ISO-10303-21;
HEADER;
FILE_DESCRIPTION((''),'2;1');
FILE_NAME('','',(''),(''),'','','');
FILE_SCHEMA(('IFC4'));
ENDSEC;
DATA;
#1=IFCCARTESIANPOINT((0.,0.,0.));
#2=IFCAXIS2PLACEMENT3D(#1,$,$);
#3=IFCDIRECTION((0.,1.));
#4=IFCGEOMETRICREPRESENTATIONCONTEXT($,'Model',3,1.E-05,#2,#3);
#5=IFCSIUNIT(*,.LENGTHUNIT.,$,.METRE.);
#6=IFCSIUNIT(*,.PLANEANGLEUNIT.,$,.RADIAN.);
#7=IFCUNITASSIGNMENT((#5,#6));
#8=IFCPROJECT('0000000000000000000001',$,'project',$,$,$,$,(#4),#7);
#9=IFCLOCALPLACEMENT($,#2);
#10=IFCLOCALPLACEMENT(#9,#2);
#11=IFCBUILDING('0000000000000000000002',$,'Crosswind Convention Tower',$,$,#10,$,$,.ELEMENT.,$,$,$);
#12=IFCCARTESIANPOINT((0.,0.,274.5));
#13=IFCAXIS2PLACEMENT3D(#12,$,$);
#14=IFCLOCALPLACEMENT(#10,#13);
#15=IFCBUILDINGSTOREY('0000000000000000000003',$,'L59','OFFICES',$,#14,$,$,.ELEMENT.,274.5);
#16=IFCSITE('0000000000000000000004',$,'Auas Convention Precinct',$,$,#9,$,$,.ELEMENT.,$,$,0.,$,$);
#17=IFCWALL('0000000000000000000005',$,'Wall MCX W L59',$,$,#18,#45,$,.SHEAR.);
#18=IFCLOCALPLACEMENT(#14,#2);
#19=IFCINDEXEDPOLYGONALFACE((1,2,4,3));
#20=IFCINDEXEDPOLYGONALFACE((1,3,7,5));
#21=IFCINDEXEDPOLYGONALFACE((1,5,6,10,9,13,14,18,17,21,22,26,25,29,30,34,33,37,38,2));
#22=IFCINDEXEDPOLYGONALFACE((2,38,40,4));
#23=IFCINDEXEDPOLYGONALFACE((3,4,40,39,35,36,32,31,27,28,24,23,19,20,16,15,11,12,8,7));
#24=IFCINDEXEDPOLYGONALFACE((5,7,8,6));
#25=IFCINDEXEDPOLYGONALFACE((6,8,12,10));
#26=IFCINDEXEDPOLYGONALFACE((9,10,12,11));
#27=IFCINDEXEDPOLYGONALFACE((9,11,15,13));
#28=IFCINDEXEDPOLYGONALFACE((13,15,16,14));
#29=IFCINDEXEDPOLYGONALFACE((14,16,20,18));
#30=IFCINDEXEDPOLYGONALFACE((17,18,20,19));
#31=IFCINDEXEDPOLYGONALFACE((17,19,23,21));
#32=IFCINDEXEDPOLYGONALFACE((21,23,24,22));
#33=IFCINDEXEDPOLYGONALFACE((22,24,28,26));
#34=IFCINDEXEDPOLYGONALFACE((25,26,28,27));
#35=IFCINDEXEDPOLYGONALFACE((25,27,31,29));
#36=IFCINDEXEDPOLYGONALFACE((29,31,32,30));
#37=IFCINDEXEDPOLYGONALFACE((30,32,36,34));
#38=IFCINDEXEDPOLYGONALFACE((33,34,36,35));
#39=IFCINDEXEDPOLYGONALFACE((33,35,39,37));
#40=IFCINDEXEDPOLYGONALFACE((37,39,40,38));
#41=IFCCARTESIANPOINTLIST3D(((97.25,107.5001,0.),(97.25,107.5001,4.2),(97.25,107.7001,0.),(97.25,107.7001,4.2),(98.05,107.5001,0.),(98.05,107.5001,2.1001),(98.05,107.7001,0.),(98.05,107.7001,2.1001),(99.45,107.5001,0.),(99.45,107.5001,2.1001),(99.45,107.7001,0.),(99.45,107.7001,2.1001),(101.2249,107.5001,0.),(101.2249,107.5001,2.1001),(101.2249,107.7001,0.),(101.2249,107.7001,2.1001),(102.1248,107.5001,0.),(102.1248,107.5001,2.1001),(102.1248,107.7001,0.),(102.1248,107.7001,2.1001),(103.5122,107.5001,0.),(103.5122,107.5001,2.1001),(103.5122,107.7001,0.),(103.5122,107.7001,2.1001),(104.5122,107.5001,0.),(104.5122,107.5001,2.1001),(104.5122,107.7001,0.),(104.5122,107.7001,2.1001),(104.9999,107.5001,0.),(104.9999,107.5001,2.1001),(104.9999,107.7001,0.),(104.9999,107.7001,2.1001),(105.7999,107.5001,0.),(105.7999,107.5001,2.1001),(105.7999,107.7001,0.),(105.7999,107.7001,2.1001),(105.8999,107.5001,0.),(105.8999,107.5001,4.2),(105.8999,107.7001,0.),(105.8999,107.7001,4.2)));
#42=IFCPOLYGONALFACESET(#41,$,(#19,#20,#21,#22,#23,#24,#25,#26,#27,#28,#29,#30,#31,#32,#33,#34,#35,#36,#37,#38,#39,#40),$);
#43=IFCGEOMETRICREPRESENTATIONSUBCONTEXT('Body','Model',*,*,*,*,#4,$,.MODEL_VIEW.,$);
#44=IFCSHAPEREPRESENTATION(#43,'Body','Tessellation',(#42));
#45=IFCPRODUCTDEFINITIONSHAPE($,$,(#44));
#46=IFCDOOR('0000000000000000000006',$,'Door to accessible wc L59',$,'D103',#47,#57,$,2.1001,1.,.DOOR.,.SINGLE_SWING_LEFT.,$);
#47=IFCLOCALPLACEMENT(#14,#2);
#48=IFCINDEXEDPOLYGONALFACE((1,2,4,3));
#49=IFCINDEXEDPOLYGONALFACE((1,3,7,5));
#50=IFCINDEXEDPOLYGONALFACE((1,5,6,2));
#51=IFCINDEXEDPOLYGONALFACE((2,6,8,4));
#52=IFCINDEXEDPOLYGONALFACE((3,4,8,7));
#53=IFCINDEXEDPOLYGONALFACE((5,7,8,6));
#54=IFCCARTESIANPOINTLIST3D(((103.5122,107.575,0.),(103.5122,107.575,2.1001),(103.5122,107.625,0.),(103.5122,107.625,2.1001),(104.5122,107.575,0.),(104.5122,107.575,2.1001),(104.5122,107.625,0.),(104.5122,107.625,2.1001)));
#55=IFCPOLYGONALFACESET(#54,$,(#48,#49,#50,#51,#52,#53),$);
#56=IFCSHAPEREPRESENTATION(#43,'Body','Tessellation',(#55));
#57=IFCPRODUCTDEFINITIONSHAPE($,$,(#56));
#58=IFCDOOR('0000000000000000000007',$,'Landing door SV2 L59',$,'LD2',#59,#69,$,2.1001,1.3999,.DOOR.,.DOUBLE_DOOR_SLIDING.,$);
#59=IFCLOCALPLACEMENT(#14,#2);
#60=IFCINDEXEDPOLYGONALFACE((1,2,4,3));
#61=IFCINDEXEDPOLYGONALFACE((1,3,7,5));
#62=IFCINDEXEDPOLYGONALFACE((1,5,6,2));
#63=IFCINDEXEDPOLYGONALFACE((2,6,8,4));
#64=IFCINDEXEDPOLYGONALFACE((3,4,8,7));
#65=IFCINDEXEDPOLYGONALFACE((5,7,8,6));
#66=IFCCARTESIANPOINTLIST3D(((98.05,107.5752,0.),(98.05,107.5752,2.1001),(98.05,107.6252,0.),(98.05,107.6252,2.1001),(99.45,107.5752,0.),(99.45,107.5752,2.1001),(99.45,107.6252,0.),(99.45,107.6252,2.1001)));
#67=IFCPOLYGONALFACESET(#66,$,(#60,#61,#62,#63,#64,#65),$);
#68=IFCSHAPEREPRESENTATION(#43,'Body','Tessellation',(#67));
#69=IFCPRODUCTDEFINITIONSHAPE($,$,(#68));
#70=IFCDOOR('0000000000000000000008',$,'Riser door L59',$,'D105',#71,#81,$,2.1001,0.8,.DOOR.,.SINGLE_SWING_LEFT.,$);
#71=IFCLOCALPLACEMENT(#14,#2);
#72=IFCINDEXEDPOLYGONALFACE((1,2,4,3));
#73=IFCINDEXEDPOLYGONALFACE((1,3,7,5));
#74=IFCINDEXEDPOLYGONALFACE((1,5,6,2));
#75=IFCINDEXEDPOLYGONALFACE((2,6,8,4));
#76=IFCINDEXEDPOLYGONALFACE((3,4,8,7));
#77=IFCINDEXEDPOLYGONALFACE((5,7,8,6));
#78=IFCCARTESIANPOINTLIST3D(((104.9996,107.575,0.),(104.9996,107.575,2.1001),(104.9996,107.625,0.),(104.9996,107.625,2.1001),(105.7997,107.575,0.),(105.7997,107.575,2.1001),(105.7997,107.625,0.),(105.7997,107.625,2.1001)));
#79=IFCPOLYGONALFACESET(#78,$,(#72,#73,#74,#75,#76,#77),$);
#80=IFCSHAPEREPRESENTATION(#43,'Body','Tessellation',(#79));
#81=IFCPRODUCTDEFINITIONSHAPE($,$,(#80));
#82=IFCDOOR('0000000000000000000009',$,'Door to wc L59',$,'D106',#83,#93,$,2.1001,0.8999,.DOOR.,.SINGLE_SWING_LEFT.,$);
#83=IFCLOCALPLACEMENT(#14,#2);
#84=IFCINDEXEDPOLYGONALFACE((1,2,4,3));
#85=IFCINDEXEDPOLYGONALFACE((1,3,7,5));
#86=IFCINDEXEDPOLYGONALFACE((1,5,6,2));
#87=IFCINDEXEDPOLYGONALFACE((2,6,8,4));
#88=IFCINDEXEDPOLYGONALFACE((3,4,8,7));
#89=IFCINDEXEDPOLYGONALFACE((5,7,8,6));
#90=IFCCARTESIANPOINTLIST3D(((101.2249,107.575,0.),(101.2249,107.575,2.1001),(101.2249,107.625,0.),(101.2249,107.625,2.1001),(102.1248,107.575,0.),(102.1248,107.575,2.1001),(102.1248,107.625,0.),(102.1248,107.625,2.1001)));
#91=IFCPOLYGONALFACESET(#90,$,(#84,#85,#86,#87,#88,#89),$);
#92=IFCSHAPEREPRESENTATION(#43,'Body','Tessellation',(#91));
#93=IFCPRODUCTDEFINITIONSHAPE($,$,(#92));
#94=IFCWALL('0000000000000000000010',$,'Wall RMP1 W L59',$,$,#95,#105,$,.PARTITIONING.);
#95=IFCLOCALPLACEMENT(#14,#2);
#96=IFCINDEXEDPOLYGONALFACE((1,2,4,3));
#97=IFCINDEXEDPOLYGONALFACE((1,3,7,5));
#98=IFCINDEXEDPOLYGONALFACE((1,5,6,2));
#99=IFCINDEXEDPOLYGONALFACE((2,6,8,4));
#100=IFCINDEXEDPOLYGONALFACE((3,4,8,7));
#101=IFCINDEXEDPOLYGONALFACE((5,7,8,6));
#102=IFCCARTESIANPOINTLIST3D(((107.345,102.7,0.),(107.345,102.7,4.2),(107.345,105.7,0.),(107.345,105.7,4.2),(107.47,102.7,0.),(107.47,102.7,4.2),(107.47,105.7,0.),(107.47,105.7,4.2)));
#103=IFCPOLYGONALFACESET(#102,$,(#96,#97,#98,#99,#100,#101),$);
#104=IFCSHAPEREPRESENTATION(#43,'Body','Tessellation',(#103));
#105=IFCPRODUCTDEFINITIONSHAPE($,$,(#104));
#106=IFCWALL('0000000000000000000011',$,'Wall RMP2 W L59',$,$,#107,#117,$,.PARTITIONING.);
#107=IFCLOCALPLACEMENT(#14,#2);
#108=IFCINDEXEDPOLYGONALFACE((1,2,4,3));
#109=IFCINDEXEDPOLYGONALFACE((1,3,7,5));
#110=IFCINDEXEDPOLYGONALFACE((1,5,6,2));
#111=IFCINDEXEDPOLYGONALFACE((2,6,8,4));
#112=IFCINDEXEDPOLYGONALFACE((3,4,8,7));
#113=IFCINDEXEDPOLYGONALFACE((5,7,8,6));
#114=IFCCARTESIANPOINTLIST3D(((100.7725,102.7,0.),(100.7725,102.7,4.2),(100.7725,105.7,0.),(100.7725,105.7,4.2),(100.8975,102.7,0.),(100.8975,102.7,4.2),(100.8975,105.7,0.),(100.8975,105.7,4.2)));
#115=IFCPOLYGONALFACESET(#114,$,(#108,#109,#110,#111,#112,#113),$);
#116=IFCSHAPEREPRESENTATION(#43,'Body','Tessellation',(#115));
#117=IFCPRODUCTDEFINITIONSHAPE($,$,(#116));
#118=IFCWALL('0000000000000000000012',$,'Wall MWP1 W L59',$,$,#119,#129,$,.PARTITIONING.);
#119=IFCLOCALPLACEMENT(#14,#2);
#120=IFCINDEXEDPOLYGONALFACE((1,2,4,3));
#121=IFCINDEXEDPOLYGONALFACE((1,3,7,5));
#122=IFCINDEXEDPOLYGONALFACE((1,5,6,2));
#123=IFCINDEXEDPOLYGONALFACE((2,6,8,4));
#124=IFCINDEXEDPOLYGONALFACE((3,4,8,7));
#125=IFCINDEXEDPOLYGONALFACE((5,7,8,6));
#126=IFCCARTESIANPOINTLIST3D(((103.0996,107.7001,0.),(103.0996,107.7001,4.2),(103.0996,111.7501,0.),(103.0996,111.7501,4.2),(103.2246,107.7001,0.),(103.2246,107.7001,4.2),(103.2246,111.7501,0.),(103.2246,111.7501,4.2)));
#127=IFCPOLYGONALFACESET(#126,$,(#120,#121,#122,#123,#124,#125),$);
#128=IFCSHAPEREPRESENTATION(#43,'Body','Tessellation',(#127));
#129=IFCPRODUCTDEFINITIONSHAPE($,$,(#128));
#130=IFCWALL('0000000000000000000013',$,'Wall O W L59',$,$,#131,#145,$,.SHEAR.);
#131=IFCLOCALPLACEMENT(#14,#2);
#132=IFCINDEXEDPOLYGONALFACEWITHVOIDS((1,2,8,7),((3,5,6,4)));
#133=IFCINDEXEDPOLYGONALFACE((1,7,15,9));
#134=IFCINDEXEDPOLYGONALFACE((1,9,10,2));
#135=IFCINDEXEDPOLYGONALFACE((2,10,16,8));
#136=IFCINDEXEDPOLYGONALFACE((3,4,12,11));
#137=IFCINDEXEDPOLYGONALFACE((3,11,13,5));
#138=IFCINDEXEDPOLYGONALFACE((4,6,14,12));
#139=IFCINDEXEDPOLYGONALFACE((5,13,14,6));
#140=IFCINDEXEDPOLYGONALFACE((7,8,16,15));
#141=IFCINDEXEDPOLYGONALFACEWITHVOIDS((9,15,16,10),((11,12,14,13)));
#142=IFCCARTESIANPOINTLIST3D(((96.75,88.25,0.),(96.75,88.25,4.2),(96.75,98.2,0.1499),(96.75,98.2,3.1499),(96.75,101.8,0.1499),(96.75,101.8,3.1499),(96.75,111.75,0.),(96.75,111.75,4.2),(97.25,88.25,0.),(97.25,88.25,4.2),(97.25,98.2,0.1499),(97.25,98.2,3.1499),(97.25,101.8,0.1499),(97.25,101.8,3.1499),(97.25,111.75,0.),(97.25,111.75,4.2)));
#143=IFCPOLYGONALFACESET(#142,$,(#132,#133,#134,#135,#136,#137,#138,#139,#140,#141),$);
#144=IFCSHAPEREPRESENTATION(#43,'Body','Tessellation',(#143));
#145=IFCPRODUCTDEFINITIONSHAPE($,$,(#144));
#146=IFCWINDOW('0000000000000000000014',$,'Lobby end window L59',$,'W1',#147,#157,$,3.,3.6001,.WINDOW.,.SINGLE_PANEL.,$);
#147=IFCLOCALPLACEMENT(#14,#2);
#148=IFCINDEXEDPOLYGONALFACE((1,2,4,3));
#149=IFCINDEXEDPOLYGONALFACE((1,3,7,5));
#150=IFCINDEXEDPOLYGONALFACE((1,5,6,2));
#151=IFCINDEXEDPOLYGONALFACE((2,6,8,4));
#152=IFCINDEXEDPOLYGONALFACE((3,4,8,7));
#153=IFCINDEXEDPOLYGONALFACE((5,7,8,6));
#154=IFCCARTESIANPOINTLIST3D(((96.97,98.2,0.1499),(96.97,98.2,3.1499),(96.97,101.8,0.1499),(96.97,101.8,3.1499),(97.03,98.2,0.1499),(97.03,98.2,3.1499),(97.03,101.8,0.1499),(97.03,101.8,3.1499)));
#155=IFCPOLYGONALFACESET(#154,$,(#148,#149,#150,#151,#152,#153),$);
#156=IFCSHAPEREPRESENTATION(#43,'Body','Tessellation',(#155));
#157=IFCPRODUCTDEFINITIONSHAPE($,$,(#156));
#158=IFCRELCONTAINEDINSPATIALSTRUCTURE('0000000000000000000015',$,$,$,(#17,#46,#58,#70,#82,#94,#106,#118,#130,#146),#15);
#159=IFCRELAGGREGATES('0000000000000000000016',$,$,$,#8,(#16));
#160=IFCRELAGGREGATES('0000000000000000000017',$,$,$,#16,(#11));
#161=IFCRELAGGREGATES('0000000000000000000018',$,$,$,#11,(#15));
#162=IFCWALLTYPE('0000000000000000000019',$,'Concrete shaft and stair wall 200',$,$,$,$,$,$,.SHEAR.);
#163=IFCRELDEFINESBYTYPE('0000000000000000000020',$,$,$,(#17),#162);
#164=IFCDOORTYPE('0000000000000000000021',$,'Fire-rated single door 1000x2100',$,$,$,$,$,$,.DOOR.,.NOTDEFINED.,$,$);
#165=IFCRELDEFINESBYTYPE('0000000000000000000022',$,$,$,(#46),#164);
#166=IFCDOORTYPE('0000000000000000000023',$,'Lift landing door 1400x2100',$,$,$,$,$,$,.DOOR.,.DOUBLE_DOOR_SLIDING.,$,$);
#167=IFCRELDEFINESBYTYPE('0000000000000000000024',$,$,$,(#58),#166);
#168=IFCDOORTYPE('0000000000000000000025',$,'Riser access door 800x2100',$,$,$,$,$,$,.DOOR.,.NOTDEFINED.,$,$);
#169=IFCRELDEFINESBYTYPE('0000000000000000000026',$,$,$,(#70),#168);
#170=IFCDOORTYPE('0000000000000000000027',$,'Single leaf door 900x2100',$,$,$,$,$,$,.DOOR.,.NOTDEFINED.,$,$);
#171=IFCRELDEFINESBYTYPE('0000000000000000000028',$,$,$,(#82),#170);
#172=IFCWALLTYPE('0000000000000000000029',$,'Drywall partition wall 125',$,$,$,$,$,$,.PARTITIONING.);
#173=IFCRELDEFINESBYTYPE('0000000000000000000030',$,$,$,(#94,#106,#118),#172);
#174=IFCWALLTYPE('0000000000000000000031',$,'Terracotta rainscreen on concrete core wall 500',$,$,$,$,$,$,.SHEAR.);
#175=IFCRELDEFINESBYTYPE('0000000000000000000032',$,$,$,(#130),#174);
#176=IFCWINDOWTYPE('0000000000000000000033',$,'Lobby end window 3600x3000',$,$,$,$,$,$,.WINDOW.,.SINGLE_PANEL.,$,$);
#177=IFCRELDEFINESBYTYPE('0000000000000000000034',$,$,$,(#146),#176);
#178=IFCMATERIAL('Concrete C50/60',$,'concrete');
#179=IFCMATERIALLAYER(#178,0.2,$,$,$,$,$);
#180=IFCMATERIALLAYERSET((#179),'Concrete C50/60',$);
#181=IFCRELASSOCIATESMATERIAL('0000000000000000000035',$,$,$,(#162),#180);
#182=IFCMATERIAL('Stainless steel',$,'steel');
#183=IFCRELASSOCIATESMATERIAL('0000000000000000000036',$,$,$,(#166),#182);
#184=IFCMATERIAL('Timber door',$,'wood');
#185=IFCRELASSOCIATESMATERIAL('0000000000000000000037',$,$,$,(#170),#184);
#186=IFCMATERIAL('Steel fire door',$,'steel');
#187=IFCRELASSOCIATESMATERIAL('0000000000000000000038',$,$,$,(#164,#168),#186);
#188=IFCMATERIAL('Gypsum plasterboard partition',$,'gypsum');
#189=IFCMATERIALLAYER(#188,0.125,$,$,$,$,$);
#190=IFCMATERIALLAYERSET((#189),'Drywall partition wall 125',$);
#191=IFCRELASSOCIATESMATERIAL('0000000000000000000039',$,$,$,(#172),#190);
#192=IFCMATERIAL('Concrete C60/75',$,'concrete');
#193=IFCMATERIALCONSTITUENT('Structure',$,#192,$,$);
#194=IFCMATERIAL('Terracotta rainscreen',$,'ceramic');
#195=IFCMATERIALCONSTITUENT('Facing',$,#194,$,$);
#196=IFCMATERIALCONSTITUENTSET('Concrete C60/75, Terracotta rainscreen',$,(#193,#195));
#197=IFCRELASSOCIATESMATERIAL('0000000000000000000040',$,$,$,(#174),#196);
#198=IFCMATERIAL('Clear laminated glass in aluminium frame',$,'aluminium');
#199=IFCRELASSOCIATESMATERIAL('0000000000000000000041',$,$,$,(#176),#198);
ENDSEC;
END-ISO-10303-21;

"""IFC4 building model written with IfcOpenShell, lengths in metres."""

from ifc_helpers import new_model, si_unit, direction, frame, frame_2d, origin, place, context, subcontext, project, spatial, rectangle, extrude, material, layer, layer_set, constituent, constituent_set, type_object, element, fill, save


model = new_model("IFC4")

# Units and contexts
model_context = context("Model", 3, precision=1e-05, world=origin(), true_north=direction((0.0, 1.0)))
body_context = subcontext(model_context, "Body", "Model", "MODEL_VIEW")
ifc_project = project(units=[si_unit("LENGTHUNIT", "METRE"), si_unit("PLANEANGLEUNIT", "RADIAN")], contexts=[model_context])

# Site, building, storey
site_placement = place(None, origin())
site = spatial("IfcSite", under=ifc_project, at=site_placement, Name="Auas Convention Precinct", CompositionType="ELEMENT", RefElevation=0.0)
building_placement = place(site_placement, origin())
building = spatial("IfcBuilding", under=site, at=building_placement, Name="Crosswind Convention Tower", CompositionType="ELEMENT")
storey_placement = place(building_placement, frame((0.0, 0.0, 274.5)))
storey = spatial("IfcBuildingStorey", under=building, at=storey_placement, Name="L59", Description="OFFICES", CompositionType="ELEMENT", Elevation=274.5)

# Shared definitions
ifc_material_1 = material(Name="Concrete C50/60", Category="concrete")
ifc_layer_1 = layer(ifc_material_1, 0.2)
ifc_layer_set_1 = layer_set([ifc_layer_1], Name="Concrete C50/60")
wall_type_1 = type_object("IfcWallType", Name="Concrete shaft and stair wall 200", PredefinedType="SHEAR", material=ifc_layer_set_1)

# Shared definitions
ifc_material_2 = material(Name="Stainless steel", Category="steel")
door_type_1 = type_object("IfcDoorType", Name="Lift landing door 1400x2100", OperationType="DOUBLE_DOOR_SLIDING", PredefinedType="DOOR", material=ifc_material_2)

# Shared definitions
ifc_material_3 = material(Name="Timber door", Category="wood")
door_type_2 = type_object("IfcDoorType", Name="Single leaf door 900x2100", OperationType="NOTDEFINED", PredefinedType="DOOR", material=ifc_material_3)

# Wall, openings, doors
wall_1_placement = place(storey_placement, frame((105.8999, 107.6001, 0.0), z_axis=(0.0, 0.0, 1.0), x_axis=(-1.0, 0.0, 0.0)))
wall_1 = element("IfcWall", 1, at=wall_1_placement, inside=storey, type_object=wall_type_1, Name="Wall MCX W L59", PredefinedType="SHEAR", context=body_context, shape_type="SweptSolid", body=[
    extrude(rectangle(XDim=8.6499, YDim=0.2, at=frame_2d((4.325, 0.0))), origin(), (0.0, 0.0, 1.0), 4.2),
])
opening_1_placement = place(wall_1_placement, frame((0.1001, 0.0, 0.0)))
opening_1 = element("IfcOpeningElement", 2, at=opening_1_placement, cuts=wall_1, PredefinedType="OPENING", context=body_context, shape_type="SweptSolid", body=[
    extrude(rectangle(XDim=0.8, YDim=2.1001, at=frame_2d((0.3999, 1.05))), frame((0.0, 0.1099, 0.0), z_axis=(0.0, -1.0, 0.0), x_axis=(1.0, 0.0, 0.0)), (0.0, 0.0, 1.0), 0.22),
])
opening_2_placement = place(wall_1_placement, frame((1.3877, 0.0, 0.0)))
opening_2 = element("IfcOpeningElement", 3, at=opening_2_placement, cuts=wall_1, PredefinedType="OPENING", context=body_context, shape_type="SweptSolid", body=[
    extrude(rectangle(XDim=1.0, YDim=2.1001, at=frame_2d((0.5, 1.05))), frame((0.0, 0.1099, 0.0), z_axis=(0.0, -1.0, 0.0), x_axis=(1.0, 0.0, 0.0)), (0.0, 0.0, 1.0), 0.22),
])
opening_3_placement = place(wall_1_placement, frame((3.7751, 0.0, 0.0)))
opening_3 = element("IfcOpeningElement", 4, at=opening_3_placement, cuts=wall_1, PredefinedType="OPENING", context=body_context, shape_type="SweptSolid", body=[
    extrude(rectangle(XDim=0.8999, YDim=2.1001, at=frame_2d((0.45, 1.05))), frame((0.0, 0.1099, 0.0), z_axis=(0.0, -1.0, 0.0), x_axis=(1.0, 0.0, 0.0)), (0.0, 0.0, 1.0), 0.22),
])
opening_4_placement = place(wall_1_placement, frame((6.45, 0.0, 0.0)))
opening_4 = element("IfcOpeningElement", 5, at=opening_4_placement, cuts=wall_1, PredefinedType="OPENING", context=body_context, shape_type="SweptSolid", body=[
    extrude(rectangle(XDim=1.3999, YDim=2.1001, at=frame_2d((0.7, 1.05))), frame((0.0, 0.1099, 0.0), z_axis=(0.0, -1.0, 0.0), x_axis=(1.0, 0.0, 0.0)), (0.0, 0.0, 1.0), 0.22),
])
ifc_material_4 = material(Name="Steel fire door", Category="steel")
door_type_3 = type_object("IfcDoorType", Name="Fire-rated single door 1000x2100", OperationType="NOTDEFINED", PredefinedType="DOOR", material=ifc_material_4)
door_1_placement = place(opening_2_placement, frame((1.0, 0.0, 0.0), z_axis=(0.0, 0.0, 1.0), x_axis=(-1.0, 0.0, 0.0)))
door_1 = element("IfcDoor", 6, at=door_1_placement, inside=storey, type_object=door_type_3, Name="Door to accessible wc L59", ObjectType="D103", OperationType="SINGLE_SWING_LEFT", OverallHeight=2.1001, OverallWidth=1.0, PredefinedType="DOOR", context=body_context, shape_type="SweptSolid", body=[
    extrude(rectangle(XDim=1.0, YDim=2.1001, at=frame_2d((0.5, 1.05))), frame((0.0, 0.0249, 0.0), z_axis=(0.0, -1.0, 0.0), x_axis=(1.0, 0.0, 0.0)), (0.0, 0.0, 1.0), 0.05),
])
fill(opening_2, door_1)
door_2_placement = place(opening_4_placement, origin())
door_2 = element("IfcDoor", 7, at=door_2_placement, inside=storey, type_object=door_type_1, Name="Landing door SV2 L59", ObjectType="LD2", OperationType="DOUBLE_DOOR_SLIDING", OverallHeight=2.1001, OverallWidth=1.3999, PredefinedType="DOOR", context=body_context, shape_type="SweptSolid", body=[
    extrude(rectangle(XDim=1.3999, YDim=2.1001, at=frame_2d((0.7, 1.05))), frame((0.0, 0.0249, 0.0), z_axis=(0.0, -1.0, 0.0), x_axis=(1.0, 0.0, 0.0)), (0.0, 0.0, 1.0), 0.05),
])
fill(opening_4, door_2)
door_type_4 = type_object("IfcDoorType", Name="Riser access door 800x2100", OperationType="NOTDEFINED", PredefinedType="DOOR", material=ifc_material_4)
door_3_placement = place(opening_1_placement, frame((0.8, 0.0, 0.0), z_axis=(0.0, 0.0, 1.0), x_axis=(-1.0, 0.0, 0.0)))
door_3 = element("IfcDoor", 8, at=door_3_placement, inside=storey, type_object=door_type_4, Name="Riser door L59", ObjectType="D105", OperationType="SINGLE_SWING_LEFT", OverallHeight=2.1001, OverallWidth=0.8, PredefinedType="DOOR", context=body_context, shape_type="SweptSolid", body=[
    extrude(rectangle(XDim=0.8, YDim=2.1001, at=frame_2d((0.3999, 1.05))), frame((0.0, 0.0249, 0.0), z_axis=(0.0, -1.0, 0.0), x_axis=(1.0, 0.0, 0.0)), (0.0, 0.0, 1.0), 0.05),
])
fill(opening_1, door_3)
door_4_placement = place(opening_3_placement, frame((0.8999, 0.0, 0.0), z_axis=(0.0, 0.0, 1.0), x_axis=(-1.0, 0.0, 0.0)))
door_4 = element("IfcDoor", 9, at=door_4_placement, inside=storey, type_object=door_type_2, Name="Door to wc L59", ObjectType="D106", OperationType="SINGLE_SWING_LEFT", OverallHeight=2.1001, OverallWidth=0.8999, PredefinedType="DOOR", context=body_context, shape_type="SweptSolid", body=[
    extrude(rectangle(XDim=0.8999, YDim=2.1001, at=frame_2d((0.45, 1.05))), frame((0.0, 0.0249, 0.0), z_axis=(0.0, -1.0, 0.0), x_axis=(1.0, 0.0, 0.0)), (0.0, 0.0, 1.0), 0.05),
])
fill(opening_3, door_4)

# Walls
ifc_material_5 = material(Name="Gypsum plasterboard partition", Category="gypsum")
ifc_layer_2 = layer(ifc_material_5, 0.125)
ifc_layer_set_2 = layer_set([ifc_layer_2], Name="Drywall partition wall 125")
wall_type_2 = type_object("IfcWallType", Name="Drywall partition wall 125", PredefinedType="PARTITIONING", material=ifc_layer_set_2)
for number, where, z_axis, x_axis, name in (
    (10, (107.4075, 105.7, 0.0), (0.0, 0.0, 1.0), (0.0, -1.0, 0.0), "Wall RMP1 W L59"),
    (11, (100.835, 105.7, 0.0), (0.0, 0.0, 1.0), (0.0, -1.0, 0.0), "Wall RMP2 W L59"),
):
    element("IfcWall", number, at=place(storey_placement, frame(where, z_axis=z_axis, x_axis=x_axis)), inside=storey, type_object=wall_type_2, Name=name, PredefinedType="PARTITIONING", context=body_context, shape_type="SweptSolid", body=[
        extrude(rectangle(XDim=3.0, YDim=0.125, at=frame_2d((1.5, 0.0))), origin(), (0.0, 0.0, 1.0), 4.2),
    ])
wall_2_placement = place(storey_placement, frame((103.1621, 111.75, 0.0), z_axis=(0.0, 0.0, 1.0), x_axis=(0.0, -1.0, 0.0)))
element("IfcWall", 12, at=wall_2_placement, inside=storey, type_object=wall_type_2, Name="Wall MWP1 W L59", PredefinedType="PARTITIONING", context=body_context, shape_type="SweptSolid", body=[
    extrude(rectangle(XDim=4.05, YDim=0.125, at=frame_2d((2.0249, 0.0))), origin(), (0.0, 0.0, 1.0), 4.2),
])

# Wall, opening, window
ifc_material_6 = material(Name="Concrete C60/75", Category="concrete")
ifc_constituent_1 = constituent(ifc_material_6, Name="Structure")
ifc_material_7 = material(Name="Terracotta rainscreen", Category="ceramic")
ifc_constituent_2 = constituent(ifc_material_7, Name="Facing")
ifc_constituent_set = constituent_set(constituents=[ifc_constituent_1, ifc_constituent_2], Name="Concrete C60/75, Terracotta rainscreen")
wall_type_3 = type_object("IfcWallType", Name="Terracotta rainscreen on concrete core wall 500", PredefinedType="SHEAR", material=ifc_constituent_set)
wall_3_placement = place(storey_placement, frame((97.0, 111.75, 0.0), z_axis=(0.0, 0.0, 1.0), x_axis=(0.0, -1.0, 0.0)))
wall_3 = element("IfcWall", 13, at=wall_3_placement, inside=storey, type_object=wall_type_3, Name="Wall O W L59", PredefinedType="SHEAR", context=body_context, shape_type="SweptSolid", body=[
    extrude(rectangle(XDim=23.5, YDim=0.5, at=frame_2d((11.75, 0.0))), origin(), (0.0, 0.0, 1.0), 4.2),
])
opening_5_placement = place(wall_3_placement, frame((9.95, 0.0, 0.1499)))
opening_5 = element("IfcOpeningElement", 14, at=opening_5_placement, cuts=wall_3, PredefinedType="OPENING", context=body_context, shape_type="SweptSolid", body=[
    extrude(rectangle(XDim=3.6001, YDim=3.0, at=frame_2d((1.8, 1.5))), frame((0.0, 0.26, 0.0), z_axis=(0.0, -1.0, 0.0), x_axis=(1.0, 0.0, 0.0)), (0.0, 0.0, 1.0), 0.52),
])
ifc_material_8 = material(Name="Clear laminated glass in aluminium frame", Category="aluminium")
window_type = type_object("IfcWindowType", Name="Lobby end window 3600x3000", PartitioningType="SINGLE_PANEL", PredefinedType="WINDOW", material=ifc_material_8)
window_placement = place(opening_5_placement, origin())
window = element("IfcWindow", 15, at=window_placement, inside=storey, type_object=window_type, Name="Lobby end window L59", ObjectType="W1", OverallHeight=3.0, OverallWidth=3.6001, PartitioningType="SINGLE_PANEL", PredefinedType="WINDOW", context=body_context, shape_type="SweptSolid", body=[
    extrude(rectangle(XDim=3.6001, YDim=3.0, at=frame_2d((1.8, 1.5))), frame((0.0, 0.03, 0.0), z_axis=(0.0, -1.0, 0.0), x_axis=(1.0, 0.0, 0.0)), (0.0, 0.0, 1.0), 0.0601),
])
fill(opening_5, window)

save(model, "model.ifc")
